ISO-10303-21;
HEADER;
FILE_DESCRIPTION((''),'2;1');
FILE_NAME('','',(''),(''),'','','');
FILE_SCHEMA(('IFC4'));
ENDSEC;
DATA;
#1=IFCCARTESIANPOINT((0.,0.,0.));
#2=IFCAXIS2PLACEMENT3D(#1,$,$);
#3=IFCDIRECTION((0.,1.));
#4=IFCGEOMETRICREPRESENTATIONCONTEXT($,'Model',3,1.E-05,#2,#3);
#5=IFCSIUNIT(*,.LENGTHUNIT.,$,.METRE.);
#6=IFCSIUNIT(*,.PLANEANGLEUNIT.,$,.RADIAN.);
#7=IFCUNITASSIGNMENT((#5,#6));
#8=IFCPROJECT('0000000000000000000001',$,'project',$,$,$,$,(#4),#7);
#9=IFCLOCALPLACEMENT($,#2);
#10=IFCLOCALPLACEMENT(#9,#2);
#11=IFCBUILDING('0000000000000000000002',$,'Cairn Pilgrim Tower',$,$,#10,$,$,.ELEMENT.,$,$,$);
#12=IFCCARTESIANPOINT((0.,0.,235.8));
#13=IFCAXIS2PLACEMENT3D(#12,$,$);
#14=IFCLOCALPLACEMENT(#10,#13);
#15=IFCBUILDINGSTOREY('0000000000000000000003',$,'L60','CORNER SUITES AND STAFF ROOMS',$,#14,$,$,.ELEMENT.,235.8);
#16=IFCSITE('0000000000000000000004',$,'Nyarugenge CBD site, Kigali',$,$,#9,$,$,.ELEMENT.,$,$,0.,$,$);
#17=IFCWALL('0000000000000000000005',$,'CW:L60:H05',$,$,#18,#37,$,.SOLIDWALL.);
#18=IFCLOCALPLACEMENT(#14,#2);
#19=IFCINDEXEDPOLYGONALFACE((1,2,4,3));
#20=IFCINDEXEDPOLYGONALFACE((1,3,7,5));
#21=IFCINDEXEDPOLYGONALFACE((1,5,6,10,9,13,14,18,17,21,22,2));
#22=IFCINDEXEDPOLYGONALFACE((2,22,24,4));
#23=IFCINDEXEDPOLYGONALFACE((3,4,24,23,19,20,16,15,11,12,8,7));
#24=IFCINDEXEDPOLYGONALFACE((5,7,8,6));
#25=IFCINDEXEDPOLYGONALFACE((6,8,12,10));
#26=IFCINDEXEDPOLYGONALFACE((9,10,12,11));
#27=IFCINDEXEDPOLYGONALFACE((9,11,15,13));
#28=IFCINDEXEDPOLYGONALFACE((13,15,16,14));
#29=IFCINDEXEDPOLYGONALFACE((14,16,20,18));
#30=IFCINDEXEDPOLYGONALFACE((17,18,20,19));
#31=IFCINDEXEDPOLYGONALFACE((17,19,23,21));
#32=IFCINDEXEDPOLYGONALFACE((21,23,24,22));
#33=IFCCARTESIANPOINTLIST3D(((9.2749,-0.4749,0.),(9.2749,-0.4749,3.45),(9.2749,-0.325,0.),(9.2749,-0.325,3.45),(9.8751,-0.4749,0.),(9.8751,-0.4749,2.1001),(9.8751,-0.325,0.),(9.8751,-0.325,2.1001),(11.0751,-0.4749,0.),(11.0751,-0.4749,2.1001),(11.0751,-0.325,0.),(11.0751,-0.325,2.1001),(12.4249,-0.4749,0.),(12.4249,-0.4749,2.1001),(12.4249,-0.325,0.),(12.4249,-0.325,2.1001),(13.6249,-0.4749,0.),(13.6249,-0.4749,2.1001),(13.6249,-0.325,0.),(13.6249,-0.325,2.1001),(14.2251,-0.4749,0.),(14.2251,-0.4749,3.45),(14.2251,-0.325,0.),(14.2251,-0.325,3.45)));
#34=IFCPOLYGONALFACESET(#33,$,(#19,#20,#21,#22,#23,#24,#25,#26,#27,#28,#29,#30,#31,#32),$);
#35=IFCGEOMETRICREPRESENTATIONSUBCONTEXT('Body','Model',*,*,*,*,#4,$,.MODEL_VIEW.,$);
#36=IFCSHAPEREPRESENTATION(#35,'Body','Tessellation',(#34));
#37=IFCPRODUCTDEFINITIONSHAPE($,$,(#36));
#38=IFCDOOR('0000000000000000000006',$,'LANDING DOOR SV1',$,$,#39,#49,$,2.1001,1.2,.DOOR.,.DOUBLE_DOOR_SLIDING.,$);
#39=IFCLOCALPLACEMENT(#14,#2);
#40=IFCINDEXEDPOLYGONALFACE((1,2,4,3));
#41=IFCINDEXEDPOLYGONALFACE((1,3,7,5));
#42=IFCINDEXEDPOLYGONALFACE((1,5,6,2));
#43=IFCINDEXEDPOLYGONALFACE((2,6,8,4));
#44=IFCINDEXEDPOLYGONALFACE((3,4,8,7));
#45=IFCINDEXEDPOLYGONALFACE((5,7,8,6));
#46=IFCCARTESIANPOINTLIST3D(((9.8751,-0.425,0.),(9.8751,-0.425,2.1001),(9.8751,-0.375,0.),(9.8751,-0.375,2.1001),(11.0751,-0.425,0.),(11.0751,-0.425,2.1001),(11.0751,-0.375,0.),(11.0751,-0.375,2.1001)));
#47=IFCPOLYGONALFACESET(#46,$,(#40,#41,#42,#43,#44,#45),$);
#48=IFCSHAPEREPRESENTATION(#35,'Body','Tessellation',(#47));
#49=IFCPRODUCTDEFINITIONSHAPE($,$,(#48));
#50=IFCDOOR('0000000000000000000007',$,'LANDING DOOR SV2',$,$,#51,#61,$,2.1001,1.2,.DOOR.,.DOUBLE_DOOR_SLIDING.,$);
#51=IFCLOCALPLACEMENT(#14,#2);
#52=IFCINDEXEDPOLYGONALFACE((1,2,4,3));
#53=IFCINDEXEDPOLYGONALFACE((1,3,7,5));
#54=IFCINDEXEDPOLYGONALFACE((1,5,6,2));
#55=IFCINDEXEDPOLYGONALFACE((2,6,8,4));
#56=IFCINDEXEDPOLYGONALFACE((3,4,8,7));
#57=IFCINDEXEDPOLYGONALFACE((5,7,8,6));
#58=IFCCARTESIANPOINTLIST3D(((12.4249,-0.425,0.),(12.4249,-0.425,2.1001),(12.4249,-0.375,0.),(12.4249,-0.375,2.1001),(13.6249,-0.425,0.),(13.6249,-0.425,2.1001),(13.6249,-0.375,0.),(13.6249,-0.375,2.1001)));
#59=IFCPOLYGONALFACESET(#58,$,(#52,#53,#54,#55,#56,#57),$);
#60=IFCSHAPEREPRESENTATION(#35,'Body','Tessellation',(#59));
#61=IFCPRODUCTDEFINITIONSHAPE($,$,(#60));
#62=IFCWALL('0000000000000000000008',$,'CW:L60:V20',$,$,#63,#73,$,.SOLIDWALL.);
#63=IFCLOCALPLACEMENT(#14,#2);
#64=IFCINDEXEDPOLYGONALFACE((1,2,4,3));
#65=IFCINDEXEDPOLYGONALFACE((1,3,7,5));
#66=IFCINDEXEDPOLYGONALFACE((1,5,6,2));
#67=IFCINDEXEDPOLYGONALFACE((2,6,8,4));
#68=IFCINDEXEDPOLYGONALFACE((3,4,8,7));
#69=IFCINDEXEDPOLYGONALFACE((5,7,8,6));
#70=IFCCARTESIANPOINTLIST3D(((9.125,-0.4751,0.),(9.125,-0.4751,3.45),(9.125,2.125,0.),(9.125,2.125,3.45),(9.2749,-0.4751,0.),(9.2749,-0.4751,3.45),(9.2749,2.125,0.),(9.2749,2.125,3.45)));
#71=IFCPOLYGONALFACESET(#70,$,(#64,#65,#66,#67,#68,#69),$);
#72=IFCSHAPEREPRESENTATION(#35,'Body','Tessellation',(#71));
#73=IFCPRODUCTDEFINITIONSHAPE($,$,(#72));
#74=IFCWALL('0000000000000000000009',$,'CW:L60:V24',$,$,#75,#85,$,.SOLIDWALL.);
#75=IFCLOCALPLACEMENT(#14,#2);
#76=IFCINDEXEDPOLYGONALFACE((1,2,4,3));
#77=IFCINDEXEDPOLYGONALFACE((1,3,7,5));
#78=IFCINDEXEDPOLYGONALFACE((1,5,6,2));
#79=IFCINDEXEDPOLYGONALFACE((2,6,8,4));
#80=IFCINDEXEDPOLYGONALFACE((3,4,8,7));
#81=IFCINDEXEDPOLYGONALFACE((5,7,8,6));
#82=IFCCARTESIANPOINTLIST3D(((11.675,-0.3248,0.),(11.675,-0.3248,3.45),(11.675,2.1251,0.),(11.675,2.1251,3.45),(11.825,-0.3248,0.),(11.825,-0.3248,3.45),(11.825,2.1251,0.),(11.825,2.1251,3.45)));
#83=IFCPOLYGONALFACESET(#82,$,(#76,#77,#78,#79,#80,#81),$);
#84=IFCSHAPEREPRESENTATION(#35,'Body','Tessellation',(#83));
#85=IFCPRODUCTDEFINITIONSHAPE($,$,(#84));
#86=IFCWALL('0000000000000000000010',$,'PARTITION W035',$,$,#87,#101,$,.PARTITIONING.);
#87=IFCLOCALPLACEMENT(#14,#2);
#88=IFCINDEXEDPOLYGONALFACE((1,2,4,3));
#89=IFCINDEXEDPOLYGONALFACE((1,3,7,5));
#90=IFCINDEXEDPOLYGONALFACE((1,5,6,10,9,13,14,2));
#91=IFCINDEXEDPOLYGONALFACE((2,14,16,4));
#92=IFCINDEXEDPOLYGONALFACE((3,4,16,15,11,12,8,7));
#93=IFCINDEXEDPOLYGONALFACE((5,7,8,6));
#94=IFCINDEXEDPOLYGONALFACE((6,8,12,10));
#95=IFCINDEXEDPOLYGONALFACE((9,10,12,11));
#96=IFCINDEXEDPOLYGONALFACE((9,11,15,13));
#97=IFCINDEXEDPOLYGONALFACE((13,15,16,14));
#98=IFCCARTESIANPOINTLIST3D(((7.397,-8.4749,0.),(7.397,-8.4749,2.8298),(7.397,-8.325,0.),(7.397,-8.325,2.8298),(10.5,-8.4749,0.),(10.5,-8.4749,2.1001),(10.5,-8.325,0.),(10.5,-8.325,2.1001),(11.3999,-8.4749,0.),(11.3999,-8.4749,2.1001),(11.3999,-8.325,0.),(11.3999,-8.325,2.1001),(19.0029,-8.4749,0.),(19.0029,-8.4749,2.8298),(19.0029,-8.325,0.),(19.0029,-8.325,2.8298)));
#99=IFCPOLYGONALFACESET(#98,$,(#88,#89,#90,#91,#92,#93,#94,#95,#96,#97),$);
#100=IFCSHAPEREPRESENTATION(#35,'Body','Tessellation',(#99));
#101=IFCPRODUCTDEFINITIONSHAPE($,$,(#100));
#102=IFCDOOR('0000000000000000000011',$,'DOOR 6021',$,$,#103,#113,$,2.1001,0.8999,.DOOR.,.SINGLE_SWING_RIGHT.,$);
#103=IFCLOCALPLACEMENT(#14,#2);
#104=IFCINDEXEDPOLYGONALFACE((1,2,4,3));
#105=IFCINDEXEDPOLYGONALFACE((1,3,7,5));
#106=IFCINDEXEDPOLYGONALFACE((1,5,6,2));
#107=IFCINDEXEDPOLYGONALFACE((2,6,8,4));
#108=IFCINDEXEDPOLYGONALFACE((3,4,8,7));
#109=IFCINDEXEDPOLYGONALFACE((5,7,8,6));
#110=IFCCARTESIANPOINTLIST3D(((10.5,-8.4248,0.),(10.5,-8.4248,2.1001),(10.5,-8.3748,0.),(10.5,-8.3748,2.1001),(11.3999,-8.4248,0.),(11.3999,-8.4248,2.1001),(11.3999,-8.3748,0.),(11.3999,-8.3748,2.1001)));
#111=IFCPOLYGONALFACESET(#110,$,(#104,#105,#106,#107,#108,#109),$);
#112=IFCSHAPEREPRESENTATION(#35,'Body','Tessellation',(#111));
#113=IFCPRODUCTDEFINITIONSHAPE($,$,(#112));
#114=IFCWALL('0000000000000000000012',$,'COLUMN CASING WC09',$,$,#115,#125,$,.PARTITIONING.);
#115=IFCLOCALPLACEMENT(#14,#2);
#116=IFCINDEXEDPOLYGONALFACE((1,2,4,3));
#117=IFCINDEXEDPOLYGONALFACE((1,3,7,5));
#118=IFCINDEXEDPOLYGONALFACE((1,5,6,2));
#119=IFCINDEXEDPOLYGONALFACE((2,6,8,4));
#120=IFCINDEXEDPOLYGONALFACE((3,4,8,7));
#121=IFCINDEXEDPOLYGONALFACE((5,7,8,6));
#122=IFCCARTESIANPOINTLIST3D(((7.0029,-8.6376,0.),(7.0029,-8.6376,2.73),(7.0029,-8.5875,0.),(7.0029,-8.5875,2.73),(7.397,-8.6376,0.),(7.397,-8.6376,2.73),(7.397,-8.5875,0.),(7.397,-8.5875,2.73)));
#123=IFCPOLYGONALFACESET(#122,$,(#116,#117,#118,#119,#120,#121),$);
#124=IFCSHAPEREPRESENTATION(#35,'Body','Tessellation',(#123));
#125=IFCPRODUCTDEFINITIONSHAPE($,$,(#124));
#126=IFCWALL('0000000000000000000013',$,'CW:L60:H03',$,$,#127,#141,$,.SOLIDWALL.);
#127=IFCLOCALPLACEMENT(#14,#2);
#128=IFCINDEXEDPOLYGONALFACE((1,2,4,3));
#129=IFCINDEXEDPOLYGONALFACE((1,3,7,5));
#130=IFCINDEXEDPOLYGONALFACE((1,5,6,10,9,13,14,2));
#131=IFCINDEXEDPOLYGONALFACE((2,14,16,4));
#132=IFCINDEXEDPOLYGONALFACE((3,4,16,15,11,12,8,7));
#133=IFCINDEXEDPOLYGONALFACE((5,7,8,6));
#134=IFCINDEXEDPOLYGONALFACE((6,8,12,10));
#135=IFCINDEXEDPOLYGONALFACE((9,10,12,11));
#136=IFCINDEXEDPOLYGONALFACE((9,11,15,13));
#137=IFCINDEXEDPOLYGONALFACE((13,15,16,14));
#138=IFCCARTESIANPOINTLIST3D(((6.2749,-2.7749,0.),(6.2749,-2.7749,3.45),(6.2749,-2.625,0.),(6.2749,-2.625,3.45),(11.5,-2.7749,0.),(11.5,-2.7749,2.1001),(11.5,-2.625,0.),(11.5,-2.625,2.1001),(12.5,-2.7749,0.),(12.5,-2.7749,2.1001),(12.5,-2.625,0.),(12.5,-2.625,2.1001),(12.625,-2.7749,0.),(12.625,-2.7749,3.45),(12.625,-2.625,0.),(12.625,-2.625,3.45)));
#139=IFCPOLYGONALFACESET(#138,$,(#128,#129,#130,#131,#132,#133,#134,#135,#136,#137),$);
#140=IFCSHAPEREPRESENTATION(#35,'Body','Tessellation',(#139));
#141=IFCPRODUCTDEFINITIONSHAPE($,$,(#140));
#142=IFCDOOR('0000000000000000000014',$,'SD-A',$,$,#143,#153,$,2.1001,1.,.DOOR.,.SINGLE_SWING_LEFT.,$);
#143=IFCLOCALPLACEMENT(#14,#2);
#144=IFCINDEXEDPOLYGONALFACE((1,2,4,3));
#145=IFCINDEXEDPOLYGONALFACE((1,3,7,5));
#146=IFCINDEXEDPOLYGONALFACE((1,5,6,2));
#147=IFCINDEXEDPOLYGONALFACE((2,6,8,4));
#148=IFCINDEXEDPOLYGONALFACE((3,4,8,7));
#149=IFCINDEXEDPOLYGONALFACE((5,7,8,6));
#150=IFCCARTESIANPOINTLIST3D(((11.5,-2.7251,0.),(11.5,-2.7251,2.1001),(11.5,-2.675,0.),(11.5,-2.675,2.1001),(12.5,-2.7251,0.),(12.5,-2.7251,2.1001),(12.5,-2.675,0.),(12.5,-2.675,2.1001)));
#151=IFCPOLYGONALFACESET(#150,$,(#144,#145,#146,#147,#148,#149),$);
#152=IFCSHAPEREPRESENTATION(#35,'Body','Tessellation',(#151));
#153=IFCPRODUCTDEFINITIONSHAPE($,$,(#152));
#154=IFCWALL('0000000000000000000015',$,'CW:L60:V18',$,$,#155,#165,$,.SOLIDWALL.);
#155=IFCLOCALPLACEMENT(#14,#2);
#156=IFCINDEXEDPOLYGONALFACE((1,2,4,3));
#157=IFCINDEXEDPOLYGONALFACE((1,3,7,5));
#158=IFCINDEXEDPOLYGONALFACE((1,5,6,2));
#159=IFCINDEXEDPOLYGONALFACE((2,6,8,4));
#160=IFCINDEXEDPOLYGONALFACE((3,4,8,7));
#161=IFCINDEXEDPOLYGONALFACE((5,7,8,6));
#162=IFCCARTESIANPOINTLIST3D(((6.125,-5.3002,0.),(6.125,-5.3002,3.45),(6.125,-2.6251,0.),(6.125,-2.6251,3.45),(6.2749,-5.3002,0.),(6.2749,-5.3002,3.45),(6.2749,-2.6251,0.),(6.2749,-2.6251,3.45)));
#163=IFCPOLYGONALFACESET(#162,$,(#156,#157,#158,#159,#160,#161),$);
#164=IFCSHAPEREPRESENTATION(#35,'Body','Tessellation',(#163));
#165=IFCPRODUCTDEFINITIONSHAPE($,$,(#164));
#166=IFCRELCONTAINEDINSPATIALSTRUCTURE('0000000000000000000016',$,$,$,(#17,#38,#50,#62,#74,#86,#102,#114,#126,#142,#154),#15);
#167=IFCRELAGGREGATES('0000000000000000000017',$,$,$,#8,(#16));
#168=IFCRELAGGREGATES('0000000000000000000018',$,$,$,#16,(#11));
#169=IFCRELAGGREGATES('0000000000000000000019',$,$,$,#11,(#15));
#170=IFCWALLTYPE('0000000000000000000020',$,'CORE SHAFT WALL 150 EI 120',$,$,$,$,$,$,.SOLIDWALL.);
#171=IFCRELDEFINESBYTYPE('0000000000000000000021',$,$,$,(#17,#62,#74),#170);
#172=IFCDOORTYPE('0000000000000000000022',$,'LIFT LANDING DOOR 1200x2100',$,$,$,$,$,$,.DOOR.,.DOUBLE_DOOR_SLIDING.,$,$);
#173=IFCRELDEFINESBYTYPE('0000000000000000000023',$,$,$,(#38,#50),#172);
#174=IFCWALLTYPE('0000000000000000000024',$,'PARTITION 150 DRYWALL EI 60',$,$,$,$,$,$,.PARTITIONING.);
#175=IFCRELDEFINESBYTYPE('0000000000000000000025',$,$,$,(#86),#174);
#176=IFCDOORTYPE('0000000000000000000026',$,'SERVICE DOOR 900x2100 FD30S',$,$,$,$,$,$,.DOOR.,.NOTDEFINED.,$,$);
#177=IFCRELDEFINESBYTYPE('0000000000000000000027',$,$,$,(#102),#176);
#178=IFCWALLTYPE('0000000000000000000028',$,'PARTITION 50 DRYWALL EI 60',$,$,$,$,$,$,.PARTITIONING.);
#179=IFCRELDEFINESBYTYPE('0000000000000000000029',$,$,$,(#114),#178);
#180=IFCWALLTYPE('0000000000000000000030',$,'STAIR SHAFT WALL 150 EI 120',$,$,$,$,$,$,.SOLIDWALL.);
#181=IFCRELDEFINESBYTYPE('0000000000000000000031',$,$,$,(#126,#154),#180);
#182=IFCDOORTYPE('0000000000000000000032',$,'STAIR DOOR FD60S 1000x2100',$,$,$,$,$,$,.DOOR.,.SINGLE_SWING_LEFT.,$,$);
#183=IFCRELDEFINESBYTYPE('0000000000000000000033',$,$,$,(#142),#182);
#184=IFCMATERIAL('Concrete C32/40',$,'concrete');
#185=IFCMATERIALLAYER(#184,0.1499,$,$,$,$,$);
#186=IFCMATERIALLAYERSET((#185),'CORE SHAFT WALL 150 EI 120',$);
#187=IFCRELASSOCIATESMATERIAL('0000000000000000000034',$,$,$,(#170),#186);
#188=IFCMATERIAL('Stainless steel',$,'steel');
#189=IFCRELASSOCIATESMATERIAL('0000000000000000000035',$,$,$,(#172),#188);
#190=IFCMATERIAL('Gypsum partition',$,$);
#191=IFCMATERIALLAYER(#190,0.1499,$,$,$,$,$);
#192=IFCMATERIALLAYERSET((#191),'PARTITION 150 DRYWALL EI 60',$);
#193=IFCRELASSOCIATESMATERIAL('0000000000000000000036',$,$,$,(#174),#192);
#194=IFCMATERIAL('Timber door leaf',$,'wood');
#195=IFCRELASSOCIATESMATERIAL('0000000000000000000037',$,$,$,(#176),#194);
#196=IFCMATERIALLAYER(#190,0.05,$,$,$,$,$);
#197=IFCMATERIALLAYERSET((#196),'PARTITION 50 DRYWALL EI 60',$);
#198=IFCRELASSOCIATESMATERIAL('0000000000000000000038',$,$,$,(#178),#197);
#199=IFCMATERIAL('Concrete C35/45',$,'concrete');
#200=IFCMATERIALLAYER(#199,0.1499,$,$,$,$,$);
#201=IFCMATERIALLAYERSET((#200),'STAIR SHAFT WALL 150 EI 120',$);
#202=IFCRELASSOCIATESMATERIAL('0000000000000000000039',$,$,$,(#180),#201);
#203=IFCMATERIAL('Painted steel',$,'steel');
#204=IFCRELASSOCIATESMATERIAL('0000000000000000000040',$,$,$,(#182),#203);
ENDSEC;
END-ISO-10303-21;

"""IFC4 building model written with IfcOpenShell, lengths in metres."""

from ifc_helpers import new_model, si_unit, direction, frame, frame_2d, origin, place, context, subcontext, project, spatial, rectangle, extrude, material, layer, layer_set, type_object, element, fill, save


model = new_model("IFC4")

# Units and contexts
model_context = context("Model", 3, precision=1e-05, world=origin(), true_north=direction((0.0, 1.0)))
body_context = subcontext(model_context, "Body", "Model", "MODEL_VIEW")
ifc_project = project(units=[si_unit("LENGTHUNIT", "METRE"), si_unit("PLANEANGLEUNIT", "RADIAN")], contexts=[model_context])

# Site, building, storey
site_placement = place(None, origin())
site = spatial("IfcSite", under=ifc_project, at=site_placement, Name="Nyarugenge CBD site, Kigali", CompositionType="ELEMENT", RefElevation=0.0)
building_placement = place(site_placement, origin())
building = spatial("IfcBuilding", under=site, at=building_placement, Name="Cairn Pilgrim Tower", CompositionType="ELEMENT")
storey_placement = place(building_placement, frame((0.0, 0.0, 235.8)))
storey = spatial("IfcBuildingStorey", under=building, at=storey_placement, Name="L60", Description="CORNER SUITES AND STAFF ROOMS", CompositionType="ELEMENT", Elevation=235.8)

# Shared definitions
ifc_material_1 = material(Name="Concrete C35/45", Category="concrete")

# Shared definitions
ifc_material_2 = material(Name="Concrete C32/40", Category="concrete")

# Wall, openings, doors
ifc_layer_1 = layer(ifc_material_2, 0.1499)
ifc_layer_set_1 = layer_set([ifc_layer_1], Name="CORE SHAFT WALL 150 EI 120")
wall_type_1 = type_object("IfcWallType", Name="CORE SHAFT WALL 150 EI 120", PredefinedType="SOLIDWALL", material=ifc_layer_set_1)
wall_1_placement = place(storey_placement, frame((9.2749, -0.3999, 0.0), z_axis=(0.0, 0.0, 1.0), x_axis=(1.0, 0.0, 0.0)))
wall_1 = element("IfcWall", 1, at=wall_1_placement, inside=storey, type_object=wall_type_1, Name="CW:L60:H05", PredefinedType="SOLIDWALL", context=body_context, shape_type="SweptSolid", body=[
    extrude(rectangle(XDim=4.9502, YDim=0.1499, at=frame_2d((2.4751, 0.0))), origin(), (0.0, 0.0, 1.0), 3.45),
])
opening_1_placement = place(wall_1_placement, frame((0.6001, 0.0, 0.0)))
opening_1 = element("IfcOpeningElement", 2, at=opening_1_placement, cuts=wall_1, PredefinedType="OPENING", context=body_context, shape_type="SweptSolid", body=[
    extrude(rectangle(XDim=1.2, YDim=2.1001, at=frame_2d((0.6001, 1.05))), frame((0.0, 0.085, 0.0), z_axis=(0.0, -1.0, 0.0), x_axis=(1.0, 0.0, 0.0)), (0.0, 0.0, 1.0), 0.1699),
])
opening_2_placement = place(wall_1_placement, frame((3.1499, 0.0, 0.0)))
opening_2 = element("IfcOpeningElement", 3, at=opening_2_placement, cuts=wall_1, PredefinedType="OPENING", context=body_context, shape_type="SweptSolid", body=[
    extrude(rectangle(XDim=1.2, YDim=2.1001, at=frame_2d((0.6001, 1.05))), frame((0.0, 0.085, 0.0), z_axis=(0.0, -1.0, 0.0), x_axis=(1.0, 0.0, 0.0)), (0.0, 0.0, 1.0), 0.1699),
])
ifc_material_3 = material(Name="Stainless steel", Category="steel")
door_type_1 = type_object("IfcDoorType", Name="LIFT LANDING DOOR 1200x2100", OperationType="DOUBLE_DOOR_SLIDING", PredefinedType="DOOR", material=ifc_material_3)
door_1_placement = place(opening_1_placement, origin())
door_1 = element("IfcDoor", 4, at=door_1_placement, inside=storey, type_object=door_type_1, Name="LANDING DOOR SV1", OperationType="DOUBLE_DOOR_SLIDING", OverallHeight=2.1001, OverallWidth=1.2, PredefinedType="DOOR", context=body_context, shape_type="SweptSolid", body=[
    extrude(rectangle(XDim=1.2, YDim=2.1001, at=frame_2d((0.6001, 1.05))), frame((0.0, 0.0249, 0.0), z_axis=(0.0, -1.0, 0.0), x_axis=(1.0, 0.0, 0.0)), (0.0, 0.0, 1.0), 0.05),
])
fill(opening_1, door_1)
door_2_placement = place(opening_2_placement, origin())
door_2 = element("IfcDoor", 5, at=door_2_placement, inside=storey, type_object=door_type_1, Name="LANDING DOOR SV2", OperationType="DOUBLE_DOOR_SLIDING", OverallHeight=2.1001, OverallWidth=1.2, PredefinedType="DOOR", context=body_context, shape_type="SweptSolid", body=[
    extrude(rectangle(XDim=1.2, YDim=2.1001, at=frame_2d((0.6001, 1.05))), frame((0.0, 0.0249, 0.0), z_axis=(0.0, -1.0, 0.0), x_axis=(1.0, 0.0, 0.0)), (0.0, 0.0, 1.0), 0.05),
])
fill(opening_2, door_2)

# Walls
wall_2_placement = place(storey_placement, frame((9.2, -0.4751, 0.0), z_axis=(0.0, 0.0, 1.0), x_axis=(0.0, 1.0, 0.0)))
element("IfcWall", 6, at=wall_2_placement, inside=storey, type_object=wall_type_1, Name="CW:L60:V20", PredefinedType="SOLIDWALL", context=body_context, shape_type="SweptSolid", body=[
    extrude(rectangle(XDim=2.6001, YDim=0.1499, at=frame_2d((1.3, 0.0))), origin(), (0.0, 0.0, 1.0), 3.45),
])
wall_3_placement = place(storey_placement, frame((11.75, -0.325, 0.0), z_axis=(0.0, 0.0, 1.0), x_axis=(0.0, 1.0, 0.0)))
element("IfcWall", 7, at=wall_3_placement, inside=storey, type_object=wall_type_1, Name="CW:L60:V24", PredefinedType="SOLIDWALL", context=body_context, shape_type="SweptSolid", body=[
    extrude(rectangle(XDim=2.45, YDim=0.1499, at=frame_2d((1.2251, 0.0))), origin(), (0.0, 0.0, 1.0), 3.45),
])

# Wall, opening, door
ifc_material_4 = material(Name="Gypsum partition")
ifc_layer_2 = layer(ifc_material_4, 0.1499)
ifc_layer_set_2 = layer_set([ifc_layer_2], Name="PARTITION 150 DRYWALL EI 60")
wall_type_2 = type_object("IfcWallType", Name="PARTITION 150 DRYWALL EI 60", PredefinedType="PARTITIONING", material=ifc_layer_set_2)
wall_4_placement = place(storey_placement, frame((7.397, -8.3999, 0.0), z_axis=(0.0, 0.0, 1.0), x_axis=(1.0, 0.0, 0.0)))
wall_4 = element("IfcWall", 8, at=wall_4_placement, inside=storey, type_object=wall_type_2, Name="PARTITION W035", PredefinedType="PARTITIONING", context=body_context, shape_type="SweptSolid", body=[
    extrude(rectangle(XDim=11.606, YDim=0.1499, at=frame_2d((5.803, 0.0))), origin(), (0.0, 0.0, 1.0), 2.8298),
])
opening_3_placement = place(wall_4_placement, frame((3.103, 0.0, 0.0)))
opening_3 = element("IfcOpeningElement", 9, at=opening_3_placement, cuts=wall_4, PredefinedType="OPENING", context=body_context, shape_type="SweptSolid", body=[
    extrude(rectangle(XDim=0.8999, YDim=2.1001, at=frame_2d((0.45, 1.05))), frame((0.0, 0.085, 0.0), z_axis=(0.0, -1.0, 0.0), x_axis=(1.0, 0.0, 0.0)), (0.0, 0.0, 1.0), 0.1699),
])
ifc_material_5 = material(Name="Timber door leaf", Category="wood")
door_type_2 = type_object("IfcDoorType", Name="SERVICE DOOR 900x2100 FD30S", OperationType="NOTDEFINED", PredefinedType="DOOR", material=ifc_material_5)
door_3_placement = place(opening_3_placement, frame((0.8999, 0.0, 0.0), z_axis=(0.0, 0.0, 1.0), x_axis=(-1.0, 0.0, 0.0)))
door_3 = element("IfcDoor", 10, at=door_3_placement, inside=storey, type_object=door_type_2, Name="DOOR 6021", OperationType="SINGLE_SWING_RIGHT", OverallHeight=2.1001, OverallWidth=0.8999, PredefinedType="DOOR", context=body_context, shape_type="SweptSolid", body=[
    extrude(rectangle(XDim=0.8999, YDim=2.1001, at=frame_2d((0.45, 1.05))), frame((0.0, 0.0249, 0.0), z_axis=(0.0, -1.0, 0.0), x_axis=(1.0, 0.0, 0.0)), (0.0, 0.0, 1.0), 0.05),
])
fill(opening_3, door_3)

# Wall
ifc_layer_3 = layer(ifc_material_4, 0.05)
ifc_layer_set_3 = layer_set([ifc_layer_3], Name="PARTITION 50 DRYWALL EI 60")
wall_type_3 = type_object("IfcWallType", Name="PARTITION 50 DRYWALL EI 60", PredefinedType="PARTITIONING", material=ifc_layer_set_3)
wall_5_placement = place(storey_placement, frame((7.0029, -8.6125, 0.0), z_axis=(0.0, 0.0, 1.0), x_axis=(1.0, 0.0, 0.0)))
element("IfcWall", 11, at=wall_5_placement, inside=storey, type_object=wall_type_3, Name="COLUMN CASING WC09", PredefinedType="PARTITIONING", context=body_context, shape_type="SweptSolid", body=[
    extrude(rectangle(XDim=0.394, YDim=0.05, at=frame_2d((0.197, 0.0))), origin(), (0.0, 0.0, 1.0), 2.73),
])

# Wall, opening, door
ifc_layer_4 = layer(ifc_material_1, 0.1499)
ifc_layer_set_4 = layer_set([ifc_layer_4], Name="STAIR SHAFT WALL 150 EI 120")
wall_type_4 = type_object("IfcWallType", Name="STAIR SHAFT WALL 150 EI 120", PredefinedType="SOLIDWALL", material=ifc_layer_set_4)
wall_6_placement = place(storey_placement, frame((6.2749, -2.7, 0.0), z_axis=(0.0, 0.0, 1.0), x_axis=(1.0, 0.0, 0.0)))
wall_6 = element("IfcWall", 12, at=wall_6_placement, inside=storey, type_object=wall_type_4, Name="CW:L60:H03", PredefinedType="SOLIDWALL", context=body_context, shape_type="SweptSolid", body=[
    extrude(rectangle(XDim=6.3501, YDim=0.1499, at=frame_2d((3.175, 0.0))), origin(), (0.0, 0.0, 1.0), 3.45),
])
opening_4_placement = place(wall_6_placement, frame((5.2251, 0.0, 0.0)))
opening_4 = element("IfcOpeningElement", 13, at=opening_4_placement, cuts=wall_6, PredefinedType="OPENING", context=body_context, shape_type="SweptSolid", body=[
    extrude(rectangle(XDim=1.0, YDim=2.1001, at=frame_2d((0.5, 1.05))), frame((0.0, 0.085, 0.0), z_axis=(0.0, -1.0, 0.0), x_axis=(1.0, 0.0, 0.0)), (0.0, 0.0, 1.0), 0.1699),
])
ifc_material_6 = material(Name="Painted steel", Category="steel")
door_type_3 = type_object("IfcDoorType", Name="STAIR DOOR FD60S 1000x2100", OperationType="SINGLE_SWING_LEFT", PredefinedType="DOOR", material=ifc_material_6)
door_4_placement = place(opening_4_placement, origin())
door_4 = element("IfcDoor", 14, at=door_4_placement, inside=storey, type_object=door_type_3, Name="SD-A", OperationType="SINGLE_SWING_LEFT", OverallHeight=2.1001, OverallWidth=1.0, PredefinedType="DOOR", context=body_context, shape_type="SweptSolid", body=[
    extrude(rectangle(XDim=1.0, YDim=2.1001, at=frame_2d((0.5, 1.05))), frame((0.0, 0.0249, 0.0), z_axis=(0.0, -1.0, 0.0), x_axis=(1.0, 0.0, 0.0)), (0.0, 0.0, 1.0), 0.05),
])
fill(opening_4, door_4)

# Wall
wall_7_placement = place(storey_placement, frame((6.2, -5.3, 0.0), z_axis=(0.0, 0.0, 1.0), x_axis=(0.0, 1.0, 0.0)))
element("IfcWall", 15, at=wall_7_placement, inside=storey, type_object=wall_type_4, Name="CW:L60:V18", PredefinedType="SOLIDWALL", context=body_context, shape_type="SweptSolid", body=[
    extrude(rectangle(XDim=2.675, YDim=0.1499, at=frame_2d((1.3374, 0.0))), origin(), (0.0, 0.0, 1.0), 3.45),
])

save(model, "model.ifc")
